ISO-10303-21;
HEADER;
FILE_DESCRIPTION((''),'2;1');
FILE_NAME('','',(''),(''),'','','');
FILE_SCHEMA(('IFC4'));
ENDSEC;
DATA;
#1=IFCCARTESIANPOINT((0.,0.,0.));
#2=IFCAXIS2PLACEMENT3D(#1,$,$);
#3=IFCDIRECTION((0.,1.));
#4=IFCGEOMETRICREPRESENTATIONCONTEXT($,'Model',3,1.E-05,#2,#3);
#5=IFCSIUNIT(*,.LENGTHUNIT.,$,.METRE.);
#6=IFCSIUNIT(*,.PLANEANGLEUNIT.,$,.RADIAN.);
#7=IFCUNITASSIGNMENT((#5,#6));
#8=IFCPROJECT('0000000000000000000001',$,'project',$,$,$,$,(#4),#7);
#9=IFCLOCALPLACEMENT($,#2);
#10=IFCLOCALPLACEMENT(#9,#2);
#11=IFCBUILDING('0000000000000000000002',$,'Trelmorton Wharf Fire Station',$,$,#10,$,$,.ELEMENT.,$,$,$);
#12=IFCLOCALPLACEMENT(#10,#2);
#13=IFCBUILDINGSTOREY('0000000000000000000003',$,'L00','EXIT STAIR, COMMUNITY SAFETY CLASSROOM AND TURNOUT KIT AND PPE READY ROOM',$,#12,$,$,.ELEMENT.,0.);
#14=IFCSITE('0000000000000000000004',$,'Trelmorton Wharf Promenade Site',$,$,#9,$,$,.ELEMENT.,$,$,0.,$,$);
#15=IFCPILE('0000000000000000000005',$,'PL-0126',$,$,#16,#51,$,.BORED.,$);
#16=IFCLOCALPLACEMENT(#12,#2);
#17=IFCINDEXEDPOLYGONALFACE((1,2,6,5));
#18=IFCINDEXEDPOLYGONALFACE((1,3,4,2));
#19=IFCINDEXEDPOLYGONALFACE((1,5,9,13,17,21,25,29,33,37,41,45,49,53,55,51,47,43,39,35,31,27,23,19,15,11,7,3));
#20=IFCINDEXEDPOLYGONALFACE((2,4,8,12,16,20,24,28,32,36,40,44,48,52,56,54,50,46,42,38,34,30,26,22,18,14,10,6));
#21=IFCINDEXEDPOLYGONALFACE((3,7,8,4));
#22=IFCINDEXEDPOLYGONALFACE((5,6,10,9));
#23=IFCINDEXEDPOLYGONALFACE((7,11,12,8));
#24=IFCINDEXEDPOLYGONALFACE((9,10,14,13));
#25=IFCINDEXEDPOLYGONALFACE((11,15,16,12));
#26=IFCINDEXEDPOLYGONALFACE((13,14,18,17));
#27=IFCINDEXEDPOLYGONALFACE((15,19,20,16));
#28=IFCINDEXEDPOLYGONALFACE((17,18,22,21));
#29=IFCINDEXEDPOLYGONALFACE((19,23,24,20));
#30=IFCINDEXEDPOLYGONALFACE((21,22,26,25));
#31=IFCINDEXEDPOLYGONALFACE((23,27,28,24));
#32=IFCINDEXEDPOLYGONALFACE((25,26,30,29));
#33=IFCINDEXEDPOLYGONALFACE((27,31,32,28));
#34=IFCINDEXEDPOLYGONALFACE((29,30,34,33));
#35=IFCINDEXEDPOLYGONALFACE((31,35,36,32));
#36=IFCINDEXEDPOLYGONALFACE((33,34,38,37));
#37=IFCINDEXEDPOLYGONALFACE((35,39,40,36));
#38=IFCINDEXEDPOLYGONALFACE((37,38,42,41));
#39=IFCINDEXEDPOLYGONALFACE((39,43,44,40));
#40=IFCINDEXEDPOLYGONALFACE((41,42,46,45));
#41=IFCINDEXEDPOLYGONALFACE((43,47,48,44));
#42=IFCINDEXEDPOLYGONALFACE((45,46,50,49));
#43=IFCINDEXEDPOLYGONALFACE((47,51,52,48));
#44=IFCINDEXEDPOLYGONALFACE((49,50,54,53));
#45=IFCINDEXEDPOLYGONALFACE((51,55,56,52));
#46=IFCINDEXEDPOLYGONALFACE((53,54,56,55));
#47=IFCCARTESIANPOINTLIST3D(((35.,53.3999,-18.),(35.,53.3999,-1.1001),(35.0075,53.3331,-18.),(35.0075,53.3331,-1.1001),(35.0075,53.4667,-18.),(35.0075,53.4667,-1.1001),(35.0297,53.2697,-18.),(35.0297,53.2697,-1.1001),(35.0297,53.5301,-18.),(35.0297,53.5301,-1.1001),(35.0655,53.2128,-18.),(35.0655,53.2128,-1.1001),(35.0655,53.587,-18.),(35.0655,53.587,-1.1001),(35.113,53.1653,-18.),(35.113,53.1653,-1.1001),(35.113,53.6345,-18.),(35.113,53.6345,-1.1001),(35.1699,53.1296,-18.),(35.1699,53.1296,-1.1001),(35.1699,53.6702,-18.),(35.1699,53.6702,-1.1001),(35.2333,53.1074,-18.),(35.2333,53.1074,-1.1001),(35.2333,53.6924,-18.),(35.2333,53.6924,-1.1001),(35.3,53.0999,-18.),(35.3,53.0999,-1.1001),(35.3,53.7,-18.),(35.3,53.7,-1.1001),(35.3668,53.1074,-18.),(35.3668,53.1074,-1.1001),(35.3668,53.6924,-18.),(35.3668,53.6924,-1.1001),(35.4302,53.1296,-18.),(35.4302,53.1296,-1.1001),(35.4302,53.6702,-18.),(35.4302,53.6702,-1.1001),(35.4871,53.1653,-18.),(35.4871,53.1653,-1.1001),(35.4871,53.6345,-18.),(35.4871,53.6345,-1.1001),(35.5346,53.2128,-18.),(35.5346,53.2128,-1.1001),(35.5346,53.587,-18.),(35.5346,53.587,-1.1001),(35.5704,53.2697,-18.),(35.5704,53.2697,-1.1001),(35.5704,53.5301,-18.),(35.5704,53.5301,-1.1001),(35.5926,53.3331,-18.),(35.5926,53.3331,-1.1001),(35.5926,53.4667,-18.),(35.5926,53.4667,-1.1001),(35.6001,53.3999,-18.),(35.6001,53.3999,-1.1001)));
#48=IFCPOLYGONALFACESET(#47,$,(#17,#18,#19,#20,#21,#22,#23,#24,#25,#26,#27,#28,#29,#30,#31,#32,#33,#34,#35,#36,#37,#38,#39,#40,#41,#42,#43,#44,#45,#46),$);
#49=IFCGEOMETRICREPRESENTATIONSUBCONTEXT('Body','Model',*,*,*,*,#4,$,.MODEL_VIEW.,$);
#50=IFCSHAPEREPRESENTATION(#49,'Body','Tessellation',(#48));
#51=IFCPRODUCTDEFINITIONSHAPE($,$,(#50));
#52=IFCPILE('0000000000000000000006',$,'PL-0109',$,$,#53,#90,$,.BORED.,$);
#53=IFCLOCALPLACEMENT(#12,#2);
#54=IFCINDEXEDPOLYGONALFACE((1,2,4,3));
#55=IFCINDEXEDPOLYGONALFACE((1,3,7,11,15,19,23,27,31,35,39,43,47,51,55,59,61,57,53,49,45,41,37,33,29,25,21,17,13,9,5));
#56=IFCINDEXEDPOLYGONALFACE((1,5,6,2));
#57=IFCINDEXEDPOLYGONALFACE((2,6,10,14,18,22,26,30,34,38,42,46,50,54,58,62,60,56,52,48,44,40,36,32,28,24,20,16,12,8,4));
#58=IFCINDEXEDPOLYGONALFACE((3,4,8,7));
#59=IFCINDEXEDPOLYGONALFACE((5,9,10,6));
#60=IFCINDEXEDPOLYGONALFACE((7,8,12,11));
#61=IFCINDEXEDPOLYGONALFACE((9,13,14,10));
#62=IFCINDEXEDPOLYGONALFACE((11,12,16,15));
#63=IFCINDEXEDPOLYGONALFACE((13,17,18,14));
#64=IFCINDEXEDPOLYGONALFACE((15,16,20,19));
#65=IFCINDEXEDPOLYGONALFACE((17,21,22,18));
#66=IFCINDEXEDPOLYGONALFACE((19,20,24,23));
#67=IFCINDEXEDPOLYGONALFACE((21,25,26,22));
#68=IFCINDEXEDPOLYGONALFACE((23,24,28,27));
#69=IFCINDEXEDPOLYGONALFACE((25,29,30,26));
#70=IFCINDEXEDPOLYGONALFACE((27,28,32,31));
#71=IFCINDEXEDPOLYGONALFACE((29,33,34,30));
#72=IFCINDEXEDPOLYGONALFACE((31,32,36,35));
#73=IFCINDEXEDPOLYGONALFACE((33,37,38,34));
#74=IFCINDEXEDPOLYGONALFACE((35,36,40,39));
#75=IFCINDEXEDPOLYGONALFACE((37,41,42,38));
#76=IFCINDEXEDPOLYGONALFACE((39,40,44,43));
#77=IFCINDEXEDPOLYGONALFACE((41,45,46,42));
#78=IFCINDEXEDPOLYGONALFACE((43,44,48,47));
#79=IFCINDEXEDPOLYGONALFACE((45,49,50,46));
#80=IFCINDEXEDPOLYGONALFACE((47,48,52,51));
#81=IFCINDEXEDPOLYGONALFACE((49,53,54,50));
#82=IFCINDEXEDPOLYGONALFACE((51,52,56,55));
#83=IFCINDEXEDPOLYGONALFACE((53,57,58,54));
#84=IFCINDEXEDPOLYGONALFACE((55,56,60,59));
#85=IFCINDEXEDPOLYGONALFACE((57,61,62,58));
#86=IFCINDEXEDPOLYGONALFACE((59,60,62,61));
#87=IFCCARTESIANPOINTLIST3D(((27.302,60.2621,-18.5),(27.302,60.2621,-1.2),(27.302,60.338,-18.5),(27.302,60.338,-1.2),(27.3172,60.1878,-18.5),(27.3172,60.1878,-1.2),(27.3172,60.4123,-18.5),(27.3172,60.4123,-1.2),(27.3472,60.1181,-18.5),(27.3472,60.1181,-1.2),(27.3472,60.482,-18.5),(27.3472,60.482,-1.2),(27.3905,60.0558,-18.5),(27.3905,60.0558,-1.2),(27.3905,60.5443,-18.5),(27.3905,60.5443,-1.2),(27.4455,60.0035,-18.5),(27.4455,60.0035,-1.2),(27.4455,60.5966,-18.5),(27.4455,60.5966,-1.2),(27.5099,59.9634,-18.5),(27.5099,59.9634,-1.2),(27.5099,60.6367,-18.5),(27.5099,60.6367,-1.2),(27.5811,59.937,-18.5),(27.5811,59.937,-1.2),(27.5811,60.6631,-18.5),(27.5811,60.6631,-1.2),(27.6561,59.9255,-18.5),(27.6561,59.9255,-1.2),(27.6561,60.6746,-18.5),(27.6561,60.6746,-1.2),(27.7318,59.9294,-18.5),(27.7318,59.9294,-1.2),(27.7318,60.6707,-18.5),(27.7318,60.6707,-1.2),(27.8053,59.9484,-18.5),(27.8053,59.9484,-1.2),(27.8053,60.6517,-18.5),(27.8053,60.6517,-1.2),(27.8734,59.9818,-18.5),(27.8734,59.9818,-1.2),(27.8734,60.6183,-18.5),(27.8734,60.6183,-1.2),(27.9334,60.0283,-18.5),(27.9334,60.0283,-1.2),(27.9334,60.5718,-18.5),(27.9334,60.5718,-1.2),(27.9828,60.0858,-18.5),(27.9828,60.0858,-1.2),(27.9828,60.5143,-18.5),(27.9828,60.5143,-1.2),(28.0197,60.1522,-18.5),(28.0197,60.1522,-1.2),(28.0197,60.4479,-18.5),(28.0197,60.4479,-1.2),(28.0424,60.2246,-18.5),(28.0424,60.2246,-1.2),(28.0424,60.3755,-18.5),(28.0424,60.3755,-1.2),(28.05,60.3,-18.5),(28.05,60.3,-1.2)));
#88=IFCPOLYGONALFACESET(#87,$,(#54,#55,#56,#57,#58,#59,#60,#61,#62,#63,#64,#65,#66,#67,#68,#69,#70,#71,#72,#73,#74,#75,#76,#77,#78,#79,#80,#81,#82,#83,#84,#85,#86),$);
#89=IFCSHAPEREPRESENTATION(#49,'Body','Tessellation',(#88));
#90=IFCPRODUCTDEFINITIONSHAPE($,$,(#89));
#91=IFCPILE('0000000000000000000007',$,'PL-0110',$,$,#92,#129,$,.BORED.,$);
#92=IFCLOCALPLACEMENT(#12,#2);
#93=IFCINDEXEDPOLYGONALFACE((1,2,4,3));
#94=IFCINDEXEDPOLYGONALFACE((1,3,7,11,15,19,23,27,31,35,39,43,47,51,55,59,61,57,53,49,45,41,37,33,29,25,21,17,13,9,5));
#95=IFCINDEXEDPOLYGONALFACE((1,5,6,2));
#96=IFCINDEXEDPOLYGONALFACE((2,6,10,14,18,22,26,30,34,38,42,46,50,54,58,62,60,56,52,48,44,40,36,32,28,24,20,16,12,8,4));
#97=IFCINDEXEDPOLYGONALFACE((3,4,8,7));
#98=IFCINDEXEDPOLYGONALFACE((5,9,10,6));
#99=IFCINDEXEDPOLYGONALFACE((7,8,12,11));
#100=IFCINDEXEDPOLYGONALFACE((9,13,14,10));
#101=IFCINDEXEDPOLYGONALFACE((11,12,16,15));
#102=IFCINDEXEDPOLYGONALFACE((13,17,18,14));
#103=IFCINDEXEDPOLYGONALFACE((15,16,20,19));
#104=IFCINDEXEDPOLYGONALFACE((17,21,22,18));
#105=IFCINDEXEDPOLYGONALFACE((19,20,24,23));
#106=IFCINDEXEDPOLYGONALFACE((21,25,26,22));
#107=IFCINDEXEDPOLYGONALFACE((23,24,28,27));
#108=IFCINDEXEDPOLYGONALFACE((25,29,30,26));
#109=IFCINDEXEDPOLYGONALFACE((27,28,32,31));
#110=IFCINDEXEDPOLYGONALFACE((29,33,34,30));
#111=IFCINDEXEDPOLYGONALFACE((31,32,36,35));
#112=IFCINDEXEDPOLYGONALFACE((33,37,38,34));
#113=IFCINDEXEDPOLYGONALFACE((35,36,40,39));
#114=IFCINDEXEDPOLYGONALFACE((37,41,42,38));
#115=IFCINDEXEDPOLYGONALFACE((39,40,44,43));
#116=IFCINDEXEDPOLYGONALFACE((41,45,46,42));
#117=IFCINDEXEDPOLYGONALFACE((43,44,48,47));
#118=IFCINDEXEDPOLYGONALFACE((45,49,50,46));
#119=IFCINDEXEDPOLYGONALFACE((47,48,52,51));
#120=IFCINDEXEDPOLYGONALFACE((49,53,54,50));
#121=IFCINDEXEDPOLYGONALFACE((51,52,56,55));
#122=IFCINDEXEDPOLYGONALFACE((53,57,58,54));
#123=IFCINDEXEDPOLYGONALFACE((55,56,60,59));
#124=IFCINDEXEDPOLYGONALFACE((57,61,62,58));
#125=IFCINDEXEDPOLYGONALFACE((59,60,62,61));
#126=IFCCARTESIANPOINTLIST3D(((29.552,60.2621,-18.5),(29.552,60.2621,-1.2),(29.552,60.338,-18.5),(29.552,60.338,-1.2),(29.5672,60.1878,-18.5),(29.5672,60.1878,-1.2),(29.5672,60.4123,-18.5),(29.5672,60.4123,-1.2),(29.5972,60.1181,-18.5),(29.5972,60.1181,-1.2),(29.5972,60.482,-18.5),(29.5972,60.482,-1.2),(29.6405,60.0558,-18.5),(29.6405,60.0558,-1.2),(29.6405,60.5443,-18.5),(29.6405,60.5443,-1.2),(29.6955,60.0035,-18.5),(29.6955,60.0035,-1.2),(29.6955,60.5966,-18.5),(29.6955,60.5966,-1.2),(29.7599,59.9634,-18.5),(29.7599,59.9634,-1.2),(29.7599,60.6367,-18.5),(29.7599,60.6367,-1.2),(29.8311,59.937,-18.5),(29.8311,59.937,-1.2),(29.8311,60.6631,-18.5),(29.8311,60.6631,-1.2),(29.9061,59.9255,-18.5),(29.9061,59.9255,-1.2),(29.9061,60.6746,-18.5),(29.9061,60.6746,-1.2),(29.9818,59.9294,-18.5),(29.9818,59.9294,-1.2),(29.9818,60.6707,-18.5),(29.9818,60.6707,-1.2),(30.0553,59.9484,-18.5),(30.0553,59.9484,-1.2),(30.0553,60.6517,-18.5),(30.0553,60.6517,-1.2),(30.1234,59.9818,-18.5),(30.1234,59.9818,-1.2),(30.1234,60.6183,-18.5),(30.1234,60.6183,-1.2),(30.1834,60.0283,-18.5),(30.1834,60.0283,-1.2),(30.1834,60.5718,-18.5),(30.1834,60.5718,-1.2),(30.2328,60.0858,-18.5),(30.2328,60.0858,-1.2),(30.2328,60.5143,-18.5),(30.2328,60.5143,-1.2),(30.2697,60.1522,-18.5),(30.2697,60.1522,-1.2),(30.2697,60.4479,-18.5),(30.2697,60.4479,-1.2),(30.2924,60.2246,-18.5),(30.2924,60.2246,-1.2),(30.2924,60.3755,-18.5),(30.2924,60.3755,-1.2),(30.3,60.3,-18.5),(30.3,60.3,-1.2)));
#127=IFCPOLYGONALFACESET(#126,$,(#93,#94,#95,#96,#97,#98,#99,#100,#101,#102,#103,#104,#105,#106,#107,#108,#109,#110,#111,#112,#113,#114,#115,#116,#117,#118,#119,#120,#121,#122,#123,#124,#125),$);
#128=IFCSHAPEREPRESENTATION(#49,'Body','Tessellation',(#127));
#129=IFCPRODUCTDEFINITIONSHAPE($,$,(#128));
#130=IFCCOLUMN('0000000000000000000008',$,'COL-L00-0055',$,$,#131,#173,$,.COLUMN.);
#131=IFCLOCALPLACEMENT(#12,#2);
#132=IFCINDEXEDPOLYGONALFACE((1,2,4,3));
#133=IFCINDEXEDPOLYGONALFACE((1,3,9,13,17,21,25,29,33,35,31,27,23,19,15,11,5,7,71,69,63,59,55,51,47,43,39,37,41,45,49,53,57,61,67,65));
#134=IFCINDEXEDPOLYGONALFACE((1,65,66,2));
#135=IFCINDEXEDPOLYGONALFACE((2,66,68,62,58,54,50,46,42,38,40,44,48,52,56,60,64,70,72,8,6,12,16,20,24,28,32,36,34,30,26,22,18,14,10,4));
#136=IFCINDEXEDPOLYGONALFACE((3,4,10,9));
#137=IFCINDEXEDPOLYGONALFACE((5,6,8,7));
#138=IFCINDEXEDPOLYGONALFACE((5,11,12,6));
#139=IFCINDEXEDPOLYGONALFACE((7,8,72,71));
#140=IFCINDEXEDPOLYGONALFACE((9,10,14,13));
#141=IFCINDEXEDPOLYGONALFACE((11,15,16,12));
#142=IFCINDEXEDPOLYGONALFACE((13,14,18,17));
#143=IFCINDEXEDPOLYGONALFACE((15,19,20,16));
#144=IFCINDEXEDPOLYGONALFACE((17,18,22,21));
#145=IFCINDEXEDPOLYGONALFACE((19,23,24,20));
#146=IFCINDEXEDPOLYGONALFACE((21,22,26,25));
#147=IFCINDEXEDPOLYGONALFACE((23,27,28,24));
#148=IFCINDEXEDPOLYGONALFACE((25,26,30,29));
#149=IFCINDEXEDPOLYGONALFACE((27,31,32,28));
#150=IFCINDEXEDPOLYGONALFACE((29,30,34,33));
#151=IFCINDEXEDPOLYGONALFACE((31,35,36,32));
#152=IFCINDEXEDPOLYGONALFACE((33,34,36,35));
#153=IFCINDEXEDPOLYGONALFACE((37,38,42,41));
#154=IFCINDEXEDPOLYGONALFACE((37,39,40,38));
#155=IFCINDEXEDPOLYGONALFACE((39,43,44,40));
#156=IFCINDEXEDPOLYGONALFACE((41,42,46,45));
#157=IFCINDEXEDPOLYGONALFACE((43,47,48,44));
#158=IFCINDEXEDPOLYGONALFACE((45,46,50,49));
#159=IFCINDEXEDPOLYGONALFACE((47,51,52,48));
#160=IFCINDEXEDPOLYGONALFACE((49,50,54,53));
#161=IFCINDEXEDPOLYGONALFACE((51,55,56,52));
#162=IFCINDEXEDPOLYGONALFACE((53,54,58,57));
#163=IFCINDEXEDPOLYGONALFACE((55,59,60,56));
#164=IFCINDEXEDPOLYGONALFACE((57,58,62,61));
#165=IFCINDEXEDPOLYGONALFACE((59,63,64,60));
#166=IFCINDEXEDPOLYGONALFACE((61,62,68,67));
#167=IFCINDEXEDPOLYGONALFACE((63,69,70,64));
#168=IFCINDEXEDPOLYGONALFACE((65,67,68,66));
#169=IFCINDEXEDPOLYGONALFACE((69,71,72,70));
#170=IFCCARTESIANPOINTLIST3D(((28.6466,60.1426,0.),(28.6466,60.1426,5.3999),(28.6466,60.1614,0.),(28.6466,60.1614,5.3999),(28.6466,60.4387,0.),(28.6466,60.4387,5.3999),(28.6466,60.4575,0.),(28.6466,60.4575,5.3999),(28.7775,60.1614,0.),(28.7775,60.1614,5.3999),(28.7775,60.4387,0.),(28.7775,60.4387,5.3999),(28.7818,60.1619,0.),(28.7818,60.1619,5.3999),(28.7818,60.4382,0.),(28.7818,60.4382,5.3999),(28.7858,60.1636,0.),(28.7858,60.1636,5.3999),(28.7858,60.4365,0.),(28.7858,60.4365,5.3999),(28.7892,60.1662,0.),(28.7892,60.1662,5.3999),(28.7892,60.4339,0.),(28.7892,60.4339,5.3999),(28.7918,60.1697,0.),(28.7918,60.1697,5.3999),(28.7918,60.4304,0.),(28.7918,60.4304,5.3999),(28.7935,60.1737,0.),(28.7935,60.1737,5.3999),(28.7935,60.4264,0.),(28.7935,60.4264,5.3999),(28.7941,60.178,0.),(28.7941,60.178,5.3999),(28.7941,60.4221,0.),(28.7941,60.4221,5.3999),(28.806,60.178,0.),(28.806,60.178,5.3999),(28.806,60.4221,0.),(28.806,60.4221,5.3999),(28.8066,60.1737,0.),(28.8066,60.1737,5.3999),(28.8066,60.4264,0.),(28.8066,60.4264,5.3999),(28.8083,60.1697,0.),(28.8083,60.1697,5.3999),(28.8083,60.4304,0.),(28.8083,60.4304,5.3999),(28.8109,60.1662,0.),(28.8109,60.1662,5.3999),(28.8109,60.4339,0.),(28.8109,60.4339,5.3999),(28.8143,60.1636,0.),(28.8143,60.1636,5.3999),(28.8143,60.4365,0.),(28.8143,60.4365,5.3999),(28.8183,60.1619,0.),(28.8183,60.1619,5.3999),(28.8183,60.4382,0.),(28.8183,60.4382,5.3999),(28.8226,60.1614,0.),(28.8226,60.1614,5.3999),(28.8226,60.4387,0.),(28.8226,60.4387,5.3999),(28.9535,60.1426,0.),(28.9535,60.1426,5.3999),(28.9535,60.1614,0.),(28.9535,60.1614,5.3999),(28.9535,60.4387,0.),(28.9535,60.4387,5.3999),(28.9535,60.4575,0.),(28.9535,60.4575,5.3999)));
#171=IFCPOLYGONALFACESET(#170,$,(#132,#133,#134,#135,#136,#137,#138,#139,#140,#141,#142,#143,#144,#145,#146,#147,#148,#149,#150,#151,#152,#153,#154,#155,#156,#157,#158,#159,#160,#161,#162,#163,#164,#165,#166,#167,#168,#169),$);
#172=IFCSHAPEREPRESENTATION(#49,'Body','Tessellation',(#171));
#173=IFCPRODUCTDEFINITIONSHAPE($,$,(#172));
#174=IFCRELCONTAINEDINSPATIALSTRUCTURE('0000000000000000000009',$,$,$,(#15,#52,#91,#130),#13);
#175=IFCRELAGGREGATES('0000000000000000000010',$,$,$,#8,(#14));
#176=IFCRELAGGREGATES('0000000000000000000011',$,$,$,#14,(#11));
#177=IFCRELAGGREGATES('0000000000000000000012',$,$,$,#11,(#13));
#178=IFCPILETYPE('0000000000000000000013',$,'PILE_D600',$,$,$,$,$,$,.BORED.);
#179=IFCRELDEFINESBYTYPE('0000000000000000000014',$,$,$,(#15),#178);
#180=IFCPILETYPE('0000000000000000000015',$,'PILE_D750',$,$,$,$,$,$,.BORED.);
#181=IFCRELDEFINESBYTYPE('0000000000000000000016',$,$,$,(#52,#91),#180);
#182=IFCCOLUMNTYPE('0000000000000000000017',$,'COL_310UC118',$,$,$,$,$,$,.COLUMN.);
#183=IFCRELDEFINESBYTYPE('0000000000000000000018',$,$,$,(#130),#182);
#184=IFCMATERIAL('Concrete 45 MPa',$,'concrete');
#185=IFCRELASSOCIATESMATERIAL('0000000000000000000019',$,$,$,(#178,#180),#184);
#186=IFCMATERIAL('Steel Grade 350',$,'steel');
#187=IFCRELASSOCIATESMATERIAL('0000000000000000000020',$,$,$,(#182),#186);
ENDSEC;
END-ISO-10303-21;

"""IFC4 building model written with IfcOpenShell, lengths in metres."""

from ifc_helpers import new_model, si_unit, direction, frame, origin, origin_2d, place, context, subcontext, project, spatial, circle, i_section, extrude, material, material_profile, profile_set, type_object, element, save


model = new_model("IFC4")

# Units and contexts
model_context = context("Model", 3, precision=1e-05, world=origin(), true_north=direction((0.0, 1.0)))
body_context = subcontext(model_context, "Body", "Model", "MODEL_VIEW")
ifc_project = project(units=[si_unit("LENGTHUNIT", "METRE"), si_unit("PLANEANGLEUNIT", "RADIAN")], contexts=[model_context])

# Site, building, storey
site_placement = place(None, origin())
site = spatial("IfcSite", under=ifc_project, at=site_placement, Name="Trelmorton Wharf Promenade Site", CompositionType="ELEMENT", RefElevation=0.0)
building_placement = place(site_placement, origin())
building = spatial("IfcBuilding", under=site, at=building_placement, Name="Trelmorton Wharf Fire Station", CompositionType="ELEMENT")
storey_placement = place(building_placement, origin())
storey = spatial("IfcBuildingStorey", under=building, at=storey_placement, Name="L00", Description="EXIT STAIR, COMMUNITY SAFETY CLASSROOM AND TURNOUT KIT AND PPE READY ROOM", CompositionType="ELEMENT", Elevation=0.0)

# Piles
ifc_material_1 = material(Name="Concrete 45 MPa", Category="concrete")
ifc_material_profile_1 = material_profile(ifc_material_1, circle(Radius=0.3, at=origin_2d()), Name="PILE-D600")
ifc_profile_set_1 = profile_set([ifc_material_profile_1], Name="Concrete 45 MPa")
pile_type_1 = type_object("IfcPileType", Name="PILE_D600", PredefinedType="BORED", material=ifc_profile_set_1)
for number, where, z_axis, x_axis, name in (
    (1, (35.3, 53.3999, -1.1001), (0.0, 0.0, -1.0), (1.0, 0.0, 0.0), "PL-0126"),
):
    element("IfcPile", number, at=place(storey_placement, frame(where, z_axis=z_axis, x_axis=x_axis)), inside=storey, type_object=pile_type_1, Name=name, PredefinedType="BORED", context=body_context, shape_type="SweptSolid", body=[
        extrude(circle(Radius=0.3, at=origin_2d()), origin(), (0.0, 0.0, 1.0), 16.8999),
    ])
ifc_material_profile_2 = material_profile(ifc_material_1, circle(Radius=0.375, at=origin_2d()), Name="PILE-D750")
ifc_profile_set_2 = profile_set([ifc_material_profile_2], Name="Concrete 45 MPa")
pile_type_2 = type_object("IfcPileType", Name="PILE_D750", PredefinedType="BORED", material=ifc_profile_set_2)
for number, where, z_axis, x_axis, name in (
    (2, (27.675, 60.3, -1.2), (0.0, 0.0, -1.0), (1.0, 0.0, 0.0), "PL-0109"),
    (3, (29.925, 60.3, -1.2), (0.0, 0.0, -1.0), (1.0, 0.0, 0.0), "PL-0110"),
):
    element("IfcPile", number, at=place(storey_placement, frame(where, z_axis=z_axis, x_axis=x_axis)), inside=storey, type_object=pile_type_2, Name=name, PredefinedType="BORED", context=body_context, shape_type="SweptSolid", body=[
        extrude(circle(Radius=0.375, at=origin_2d()), origin(), (0.0, 0.0, 1.0), 17.3),
    ])

# Column
ifc_material_2 = material(Name="Steel Grade 350", Category="steel")
ifc_material_profile_3 = material_profile(ifc_material_2, i_section(OverallWidth=0.3069, OverallDepth=0.3149, WebThickness=0.012, FlangeThickness=0.0188, FilletRadius=0.0166, at=origin_2d()), Name="310UC118")
ifc_profile_set_3 = profile_set([ifc_material_profile_3], Name="Steel Grade 350")
column_type_1 = type_object("IfcColumnType", Name="COL_310UC118", PredefinedType="COLUMN", material=ifc_profile_set_3)
column_placement = place(storey_placement, frame((28.8, 60.3, 0.0), z_axis=(0.0, 0.0, 1.0), x_axis=(1.0, 0.0, 0.0)))
element("IfcColumn", 4, at=column_placement, inside=storey, type_object=column_type_1, Name="COL-L00-0055", PredefinedType="COLUMN", context=body_context, shape_type="SweptSolid", body=[
    extrude(i_section(OverallWidth=0.3069, OverallDepth=0.3149, WebThickness=0.012, FlangeThickness=0.0188, FilletRadius=0.0166, at=origin_2d()), origin(), (0.0, 0.0, 1.0), 5.3999),
])

save(model, "model.ifc")
